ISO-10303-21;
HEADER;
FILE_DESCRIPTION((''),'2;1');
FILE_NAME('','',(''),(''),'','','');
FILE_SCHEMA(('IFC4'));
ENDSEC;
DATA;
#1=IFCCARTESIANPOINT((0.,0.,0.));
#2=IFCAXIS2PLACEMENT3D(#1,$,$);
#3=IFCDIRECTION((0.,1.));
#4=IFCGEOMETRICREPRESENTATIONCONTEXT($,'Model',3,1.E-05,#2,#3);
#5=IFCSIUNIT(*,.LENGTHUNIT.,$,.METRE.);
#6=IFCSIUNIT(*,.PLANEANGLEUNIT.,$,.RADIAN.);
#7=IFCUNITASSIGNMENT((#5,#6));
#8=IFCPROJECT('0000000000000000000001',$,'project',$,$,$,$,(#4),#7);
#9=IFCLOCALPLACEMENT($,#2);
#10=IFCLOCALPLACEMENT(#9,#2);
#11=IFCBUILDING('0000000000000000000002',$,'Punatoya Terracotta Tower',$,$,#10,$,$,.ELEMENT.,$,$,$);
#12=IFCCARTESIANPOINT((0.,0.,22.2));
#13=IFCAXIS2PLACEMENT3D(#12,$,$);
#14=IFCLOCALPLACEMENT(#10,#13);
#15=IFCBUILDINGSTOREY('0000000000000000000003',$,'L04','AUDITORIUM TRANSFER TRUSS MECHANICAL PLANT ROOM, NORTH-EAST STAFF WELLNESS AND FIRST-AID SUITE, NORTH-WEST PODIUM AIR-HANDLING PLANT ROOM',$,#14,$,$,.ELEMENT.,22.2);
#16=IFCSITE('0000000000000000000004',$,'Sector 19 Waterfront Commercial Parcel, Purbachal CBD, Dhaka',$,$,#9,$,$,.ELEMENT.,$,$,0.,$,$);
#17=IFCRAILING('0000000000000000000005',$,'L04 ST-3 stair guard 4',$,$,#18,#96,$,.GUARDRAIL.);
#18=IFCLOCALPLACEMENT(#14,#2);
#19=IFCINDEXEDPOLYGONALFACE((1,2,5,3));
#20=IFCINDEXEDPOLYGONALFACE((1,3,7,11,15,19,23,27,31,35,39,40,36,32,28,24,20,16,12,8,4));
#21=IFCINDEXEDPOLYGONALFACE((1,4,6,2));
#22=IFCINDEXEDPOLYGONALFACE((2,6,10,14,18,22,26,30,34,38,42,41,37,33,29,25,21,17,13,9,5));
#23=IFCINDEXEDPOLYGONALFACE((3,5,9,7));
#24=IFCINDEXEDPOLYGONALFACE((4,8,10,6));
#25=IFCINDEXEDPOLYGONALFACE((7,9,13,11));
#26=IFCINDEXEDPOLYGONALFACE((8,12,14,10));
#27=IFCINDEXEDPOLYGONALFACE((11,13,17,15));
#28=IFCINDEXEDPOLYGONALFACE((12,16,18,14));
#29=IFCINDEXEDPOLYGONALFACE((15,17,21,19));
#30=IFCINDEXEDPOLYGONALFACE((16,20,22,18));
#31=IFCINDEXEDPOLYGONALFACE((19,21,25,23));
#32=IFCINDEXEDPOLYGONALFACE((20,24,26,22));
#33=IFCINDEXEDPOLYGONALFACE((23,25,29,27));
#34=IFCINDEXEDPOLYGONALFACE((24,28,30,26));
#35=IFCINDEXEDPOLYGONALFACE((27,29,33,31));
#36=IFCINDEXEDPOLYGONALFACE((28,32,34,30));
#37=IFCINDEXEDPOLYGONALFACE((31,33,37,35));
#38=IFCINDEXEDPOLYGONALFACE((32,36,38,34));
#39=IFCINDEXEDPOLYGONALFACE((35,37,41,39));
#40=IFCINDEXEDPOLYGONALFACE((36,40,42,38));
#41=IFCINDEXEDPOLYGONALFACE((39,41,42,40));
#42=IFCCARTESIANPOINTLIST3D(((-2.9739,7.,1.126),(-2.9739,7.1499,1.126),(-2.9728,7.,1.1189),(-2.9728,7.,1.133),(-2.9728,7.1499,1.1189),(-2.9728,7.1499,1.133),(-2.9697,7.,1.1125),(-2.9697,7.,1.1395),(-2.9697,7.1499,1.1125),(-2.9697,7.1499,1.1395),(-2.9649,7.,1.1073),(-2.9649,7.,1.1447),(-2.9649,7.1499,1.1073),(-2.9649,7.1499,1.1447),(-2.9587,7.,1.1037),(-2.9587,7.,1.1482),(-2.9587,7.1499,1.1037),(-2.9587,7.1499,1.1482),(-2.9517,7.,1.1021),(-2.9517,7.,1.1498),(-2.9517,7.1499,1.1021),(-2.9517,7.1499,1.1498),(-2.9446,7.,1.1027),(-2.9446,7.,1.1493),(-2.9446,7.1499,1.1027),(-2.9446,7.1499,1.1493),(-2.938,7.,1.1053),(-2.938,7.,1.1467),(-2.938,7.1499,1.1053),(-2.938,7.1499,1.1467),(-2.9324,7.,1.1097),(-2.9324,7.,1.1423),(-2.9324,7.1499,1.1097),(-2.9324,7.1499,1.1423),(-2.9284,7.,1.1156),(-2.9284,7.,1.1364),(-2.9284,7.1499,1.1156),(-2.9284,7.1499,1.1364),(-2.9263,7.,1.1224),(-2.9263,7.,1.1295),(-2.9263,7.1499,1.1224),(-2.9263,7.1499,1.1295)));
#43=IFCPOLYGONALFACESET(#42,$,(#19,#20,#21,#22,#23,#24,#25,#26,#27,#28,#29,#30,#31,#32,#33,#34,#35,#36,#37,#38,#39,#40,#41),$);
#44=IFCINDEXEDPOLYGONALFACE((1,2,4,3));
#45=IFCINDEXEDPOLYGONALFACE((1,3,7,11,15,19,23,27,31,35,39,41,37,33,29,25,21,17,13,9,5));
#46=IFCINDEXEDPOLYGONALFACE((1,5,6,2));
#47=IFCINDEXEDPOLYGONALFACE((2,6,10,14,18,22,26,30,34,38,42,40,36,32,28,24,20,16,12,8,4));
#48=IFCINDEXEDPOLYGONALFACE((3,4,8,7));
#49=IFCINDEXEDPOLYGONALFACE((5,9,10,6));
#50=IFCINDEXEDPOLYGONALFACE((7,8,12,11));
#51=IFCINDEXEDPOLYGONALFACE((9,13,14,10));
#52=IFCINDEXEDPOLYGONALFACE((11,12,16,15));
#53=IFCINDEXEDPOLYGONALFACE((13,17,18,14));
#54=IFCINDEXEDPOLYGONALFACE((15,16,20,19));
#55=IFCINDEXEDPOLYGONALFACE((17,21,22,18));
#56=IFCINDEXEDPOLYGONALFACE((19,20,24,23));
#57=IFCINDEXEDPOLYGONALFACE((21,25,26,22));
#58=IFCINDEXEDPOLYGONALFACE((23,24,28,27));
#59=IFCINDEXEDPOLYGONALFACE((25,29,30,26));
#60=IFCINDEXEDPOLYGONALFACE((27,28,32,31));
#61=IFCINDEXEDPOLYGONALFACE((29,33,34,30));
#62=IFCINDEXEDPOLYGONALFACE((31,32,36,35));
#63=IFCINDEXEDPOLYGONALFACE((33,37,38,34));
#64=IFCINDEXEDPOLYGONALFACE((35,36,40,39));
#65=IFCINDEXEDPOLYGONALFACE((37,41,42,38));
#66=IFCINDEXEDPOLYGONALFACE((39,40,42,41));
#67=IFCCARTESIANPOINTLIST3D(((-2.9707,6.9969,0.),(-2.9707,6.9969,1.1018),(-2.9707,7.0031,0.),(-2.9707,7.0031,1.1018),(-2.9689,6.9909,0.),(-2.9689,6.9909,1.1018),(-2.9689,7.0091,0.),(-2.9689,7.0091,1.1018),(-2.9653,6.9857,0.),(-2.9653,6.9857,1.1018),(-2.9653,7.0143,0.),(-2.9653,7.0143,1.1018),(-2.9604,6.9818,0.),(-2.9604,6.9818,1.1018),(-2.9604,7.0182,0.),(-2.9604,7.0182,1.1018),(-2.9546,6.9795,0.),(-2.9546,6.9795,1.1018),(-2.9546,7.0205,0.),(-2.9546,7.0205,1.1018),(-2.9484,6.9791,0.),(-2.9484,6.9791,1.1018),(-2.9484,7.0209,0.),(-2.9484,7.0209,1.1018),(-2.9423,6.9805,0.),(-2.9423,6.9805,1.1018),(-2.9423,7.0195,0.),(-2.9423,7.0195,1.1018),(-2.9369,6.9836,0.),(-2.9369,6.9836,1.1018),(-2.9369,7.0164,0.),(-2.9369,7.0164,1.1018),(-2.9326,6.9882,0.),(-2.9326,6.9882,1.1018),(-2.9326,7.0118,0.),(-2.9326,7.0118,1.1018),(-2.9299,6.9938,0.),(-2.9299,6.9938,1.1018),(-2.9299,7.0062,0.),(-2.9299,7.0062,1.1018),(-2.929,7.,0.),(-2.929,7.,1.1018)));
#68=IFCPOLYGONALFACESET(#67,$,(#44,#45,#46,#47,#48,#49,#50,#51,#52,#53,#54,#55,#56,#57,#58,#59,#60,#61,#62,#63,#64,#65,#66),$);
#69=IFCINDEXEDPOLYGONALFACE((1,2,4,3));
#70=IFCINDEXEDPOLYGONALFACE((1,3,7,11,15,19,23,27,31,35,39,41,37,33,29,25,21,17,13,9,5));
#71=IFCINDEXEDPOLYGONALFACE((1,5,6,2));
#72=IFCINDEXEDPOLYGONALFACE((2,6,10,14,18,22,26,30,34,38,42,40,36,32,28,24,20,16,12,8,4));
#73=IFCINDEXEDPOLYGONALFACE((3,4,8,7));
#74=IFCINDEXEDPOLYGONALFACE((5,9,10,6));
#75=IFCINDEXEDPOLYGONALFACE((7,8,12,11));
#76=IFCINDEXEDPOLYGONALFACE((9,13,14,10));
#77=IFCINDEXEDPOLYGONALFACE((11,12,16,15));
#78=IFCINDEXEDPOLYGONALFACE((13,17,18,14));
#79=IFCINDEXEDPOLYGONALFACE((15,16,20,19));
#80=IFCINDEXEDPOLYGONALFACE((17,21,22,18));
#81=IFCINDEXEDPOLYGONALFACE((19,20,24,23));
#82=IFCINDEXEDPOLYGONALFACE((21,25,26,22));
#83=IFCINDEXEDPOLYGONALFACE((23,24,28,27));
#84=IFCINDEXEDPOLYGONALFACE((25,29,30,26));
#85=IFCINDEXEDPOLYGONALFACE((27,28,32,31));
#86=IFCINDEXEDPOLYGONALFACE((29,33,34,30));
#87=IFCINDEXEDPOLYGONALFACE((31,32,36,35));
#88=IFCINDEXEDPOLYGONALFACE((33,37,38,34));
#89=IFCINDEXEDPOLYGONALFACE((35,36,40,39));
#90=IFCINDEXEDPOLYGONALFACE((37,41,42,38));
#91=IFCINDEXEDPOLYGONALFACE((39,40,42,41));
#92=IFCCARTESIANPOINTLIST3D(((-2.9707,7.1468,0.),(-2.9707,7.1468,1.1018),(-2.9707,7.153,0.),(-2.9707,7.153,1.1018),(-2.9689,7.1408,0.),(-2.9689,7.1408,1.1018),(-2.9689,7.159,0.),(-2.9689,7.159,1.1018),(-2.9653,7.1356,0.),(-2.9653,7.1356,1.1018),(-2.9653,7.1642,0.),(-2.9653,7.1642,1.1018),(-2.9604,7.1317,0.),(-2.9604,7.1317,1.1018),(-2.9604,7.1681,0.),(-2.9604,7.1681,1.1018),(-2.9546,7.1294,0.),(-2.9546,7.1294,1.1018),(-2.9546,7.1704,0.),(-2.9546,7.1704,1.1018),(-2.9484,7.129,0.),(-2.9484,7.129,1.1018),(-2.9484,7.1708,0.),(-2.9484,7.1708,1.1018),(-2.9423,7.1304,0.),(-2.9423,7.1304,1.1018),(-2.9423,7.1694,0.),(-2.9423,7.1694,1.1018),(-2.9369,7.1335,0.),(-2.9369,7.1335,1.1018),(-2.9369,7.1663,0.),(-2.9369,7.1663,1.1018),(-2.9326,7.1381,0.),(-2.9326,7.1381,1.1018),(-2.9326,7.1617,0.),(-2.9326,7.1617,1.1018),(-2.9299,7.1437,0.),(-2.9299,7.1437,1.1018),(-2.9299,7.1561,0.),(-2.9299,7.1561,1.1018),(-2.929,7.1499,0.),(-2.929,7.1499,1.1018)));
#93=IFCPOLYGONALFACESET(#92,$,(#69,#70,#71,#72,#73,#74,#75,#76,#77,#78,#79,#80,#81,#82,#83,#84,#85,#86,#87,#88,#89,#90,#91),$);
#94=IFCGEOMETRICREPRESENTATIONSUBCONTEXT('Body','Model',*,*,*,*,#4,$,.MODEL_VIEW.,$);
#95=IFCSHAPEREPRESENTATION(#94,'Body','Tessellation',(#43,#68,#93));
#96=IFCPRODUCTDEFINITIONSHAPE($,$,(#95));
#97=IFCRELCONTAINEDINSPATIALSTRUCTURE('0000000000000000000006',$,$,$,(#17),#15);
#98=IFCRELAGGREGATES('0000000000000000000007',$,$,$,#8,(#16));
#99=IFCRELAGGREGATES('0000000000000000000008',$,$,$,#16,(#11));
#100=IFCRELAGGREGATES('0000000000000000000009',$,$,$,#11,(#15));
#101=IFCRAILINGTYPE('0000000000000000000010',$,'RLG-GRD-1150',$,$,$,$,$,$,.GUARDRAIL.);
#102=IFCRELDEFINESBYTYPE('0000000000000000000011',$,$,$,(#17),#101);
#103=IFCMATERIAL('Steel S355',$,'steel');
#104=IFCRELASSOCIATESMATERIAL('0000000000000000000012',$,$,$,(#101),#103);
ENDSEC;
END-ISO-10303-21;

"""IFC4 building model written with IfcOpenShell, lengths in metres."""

from ifc_helpers import new_model, si_unit, direction, frame, origin, origin_2d, place, context, subcontext, project, spatial, circle, extrude, material, type_object, element, save


model = new_model("IFC4")

# Units and contexts
model_context = context("Model", 3, precision=1e-05, world=origin(), true_north=direction((0.0, 1.0)))
body_context = subcontext(model_context, "Body", "Model", "MODEL_VIEW")
ifc_project = project(units=[si_unit("LENGTHUNIT", "METRE"), si_unit("PLANEANGLEUNIT", "RADIAN")], contexts=[model_context])

# Site, building, storey
site_placement = place(None, origin())
site = spatial("IfcSite", under=ifc_project, at=site_placement, Name="Sector 19 Waterfront Commercial Parcel, Purbachal CBD, Dhaka", CompositionType="ELEMENT", RefElevation=0.0)
building_placement = place(site_placement, origin())
building = spatial("IfcBuilding", under=site, at=building_placement, Name="Punatoya Terracotta Tower", CompositionType="ELEMENT")
storey_placement = place(building_placement, frame((0.0, 0.0, 22.2)))
storey = spatial("IfcBuildingStorey", under=building, at=storey_placement, Name="L04", Description="AUDITORIUM TRANSFER TRUSS MECHANICAL PLANT ROOM, NORTH-EAST STAFF WELLNESS AND FIRST-AID SUITE, NORTH-WEST PODIUM AIR-HANDLING PLANT ROOM", CompositionType="ELEMENT", Elevation=22.2)

# Shared definitions
ifc_material_1 = material(Name="Steel S355", Category="steel")

# Railing
railing_type_1 = type_object("IfcRailingType", Name="RLG-GRD-1150", PredefinedType="GUARDRAIL", material=ifc_material_1)
railing_1_placement = place(storey_placement, frame((-2.95, 7.0, 0.0)))
element("IfcRailing", 1, at=railing_1_placement, inside=storey, type_object=railing_type_1, Name="L04 ST-3 stair guard 4", PredefinedType="GUARDRAIL", context=body_context, shape_type="SweptSolid", body=[
    extrude(circle(Radius=0.0239, at=origin_2d()), frame((0.0, 0.0, 1.126), z_axis=(0.0, 1.0, 0.0), x_axis=(-1.0, 0.0, 0.0)), (0.0, 0.0, 1.0), 0.1499),
    extrude(circle(Radius=0.021, at=origin_2d()), origin(), (0.0, 0.0, 1.0), 1.1018),
    extrude(circle(Radius=0.021, at=origin_2d()), frame((0.0, 0.1499, 0.0)), (0.0, 0.0, 1.0), 1.1018),
])

save(model, "model.ifc")
